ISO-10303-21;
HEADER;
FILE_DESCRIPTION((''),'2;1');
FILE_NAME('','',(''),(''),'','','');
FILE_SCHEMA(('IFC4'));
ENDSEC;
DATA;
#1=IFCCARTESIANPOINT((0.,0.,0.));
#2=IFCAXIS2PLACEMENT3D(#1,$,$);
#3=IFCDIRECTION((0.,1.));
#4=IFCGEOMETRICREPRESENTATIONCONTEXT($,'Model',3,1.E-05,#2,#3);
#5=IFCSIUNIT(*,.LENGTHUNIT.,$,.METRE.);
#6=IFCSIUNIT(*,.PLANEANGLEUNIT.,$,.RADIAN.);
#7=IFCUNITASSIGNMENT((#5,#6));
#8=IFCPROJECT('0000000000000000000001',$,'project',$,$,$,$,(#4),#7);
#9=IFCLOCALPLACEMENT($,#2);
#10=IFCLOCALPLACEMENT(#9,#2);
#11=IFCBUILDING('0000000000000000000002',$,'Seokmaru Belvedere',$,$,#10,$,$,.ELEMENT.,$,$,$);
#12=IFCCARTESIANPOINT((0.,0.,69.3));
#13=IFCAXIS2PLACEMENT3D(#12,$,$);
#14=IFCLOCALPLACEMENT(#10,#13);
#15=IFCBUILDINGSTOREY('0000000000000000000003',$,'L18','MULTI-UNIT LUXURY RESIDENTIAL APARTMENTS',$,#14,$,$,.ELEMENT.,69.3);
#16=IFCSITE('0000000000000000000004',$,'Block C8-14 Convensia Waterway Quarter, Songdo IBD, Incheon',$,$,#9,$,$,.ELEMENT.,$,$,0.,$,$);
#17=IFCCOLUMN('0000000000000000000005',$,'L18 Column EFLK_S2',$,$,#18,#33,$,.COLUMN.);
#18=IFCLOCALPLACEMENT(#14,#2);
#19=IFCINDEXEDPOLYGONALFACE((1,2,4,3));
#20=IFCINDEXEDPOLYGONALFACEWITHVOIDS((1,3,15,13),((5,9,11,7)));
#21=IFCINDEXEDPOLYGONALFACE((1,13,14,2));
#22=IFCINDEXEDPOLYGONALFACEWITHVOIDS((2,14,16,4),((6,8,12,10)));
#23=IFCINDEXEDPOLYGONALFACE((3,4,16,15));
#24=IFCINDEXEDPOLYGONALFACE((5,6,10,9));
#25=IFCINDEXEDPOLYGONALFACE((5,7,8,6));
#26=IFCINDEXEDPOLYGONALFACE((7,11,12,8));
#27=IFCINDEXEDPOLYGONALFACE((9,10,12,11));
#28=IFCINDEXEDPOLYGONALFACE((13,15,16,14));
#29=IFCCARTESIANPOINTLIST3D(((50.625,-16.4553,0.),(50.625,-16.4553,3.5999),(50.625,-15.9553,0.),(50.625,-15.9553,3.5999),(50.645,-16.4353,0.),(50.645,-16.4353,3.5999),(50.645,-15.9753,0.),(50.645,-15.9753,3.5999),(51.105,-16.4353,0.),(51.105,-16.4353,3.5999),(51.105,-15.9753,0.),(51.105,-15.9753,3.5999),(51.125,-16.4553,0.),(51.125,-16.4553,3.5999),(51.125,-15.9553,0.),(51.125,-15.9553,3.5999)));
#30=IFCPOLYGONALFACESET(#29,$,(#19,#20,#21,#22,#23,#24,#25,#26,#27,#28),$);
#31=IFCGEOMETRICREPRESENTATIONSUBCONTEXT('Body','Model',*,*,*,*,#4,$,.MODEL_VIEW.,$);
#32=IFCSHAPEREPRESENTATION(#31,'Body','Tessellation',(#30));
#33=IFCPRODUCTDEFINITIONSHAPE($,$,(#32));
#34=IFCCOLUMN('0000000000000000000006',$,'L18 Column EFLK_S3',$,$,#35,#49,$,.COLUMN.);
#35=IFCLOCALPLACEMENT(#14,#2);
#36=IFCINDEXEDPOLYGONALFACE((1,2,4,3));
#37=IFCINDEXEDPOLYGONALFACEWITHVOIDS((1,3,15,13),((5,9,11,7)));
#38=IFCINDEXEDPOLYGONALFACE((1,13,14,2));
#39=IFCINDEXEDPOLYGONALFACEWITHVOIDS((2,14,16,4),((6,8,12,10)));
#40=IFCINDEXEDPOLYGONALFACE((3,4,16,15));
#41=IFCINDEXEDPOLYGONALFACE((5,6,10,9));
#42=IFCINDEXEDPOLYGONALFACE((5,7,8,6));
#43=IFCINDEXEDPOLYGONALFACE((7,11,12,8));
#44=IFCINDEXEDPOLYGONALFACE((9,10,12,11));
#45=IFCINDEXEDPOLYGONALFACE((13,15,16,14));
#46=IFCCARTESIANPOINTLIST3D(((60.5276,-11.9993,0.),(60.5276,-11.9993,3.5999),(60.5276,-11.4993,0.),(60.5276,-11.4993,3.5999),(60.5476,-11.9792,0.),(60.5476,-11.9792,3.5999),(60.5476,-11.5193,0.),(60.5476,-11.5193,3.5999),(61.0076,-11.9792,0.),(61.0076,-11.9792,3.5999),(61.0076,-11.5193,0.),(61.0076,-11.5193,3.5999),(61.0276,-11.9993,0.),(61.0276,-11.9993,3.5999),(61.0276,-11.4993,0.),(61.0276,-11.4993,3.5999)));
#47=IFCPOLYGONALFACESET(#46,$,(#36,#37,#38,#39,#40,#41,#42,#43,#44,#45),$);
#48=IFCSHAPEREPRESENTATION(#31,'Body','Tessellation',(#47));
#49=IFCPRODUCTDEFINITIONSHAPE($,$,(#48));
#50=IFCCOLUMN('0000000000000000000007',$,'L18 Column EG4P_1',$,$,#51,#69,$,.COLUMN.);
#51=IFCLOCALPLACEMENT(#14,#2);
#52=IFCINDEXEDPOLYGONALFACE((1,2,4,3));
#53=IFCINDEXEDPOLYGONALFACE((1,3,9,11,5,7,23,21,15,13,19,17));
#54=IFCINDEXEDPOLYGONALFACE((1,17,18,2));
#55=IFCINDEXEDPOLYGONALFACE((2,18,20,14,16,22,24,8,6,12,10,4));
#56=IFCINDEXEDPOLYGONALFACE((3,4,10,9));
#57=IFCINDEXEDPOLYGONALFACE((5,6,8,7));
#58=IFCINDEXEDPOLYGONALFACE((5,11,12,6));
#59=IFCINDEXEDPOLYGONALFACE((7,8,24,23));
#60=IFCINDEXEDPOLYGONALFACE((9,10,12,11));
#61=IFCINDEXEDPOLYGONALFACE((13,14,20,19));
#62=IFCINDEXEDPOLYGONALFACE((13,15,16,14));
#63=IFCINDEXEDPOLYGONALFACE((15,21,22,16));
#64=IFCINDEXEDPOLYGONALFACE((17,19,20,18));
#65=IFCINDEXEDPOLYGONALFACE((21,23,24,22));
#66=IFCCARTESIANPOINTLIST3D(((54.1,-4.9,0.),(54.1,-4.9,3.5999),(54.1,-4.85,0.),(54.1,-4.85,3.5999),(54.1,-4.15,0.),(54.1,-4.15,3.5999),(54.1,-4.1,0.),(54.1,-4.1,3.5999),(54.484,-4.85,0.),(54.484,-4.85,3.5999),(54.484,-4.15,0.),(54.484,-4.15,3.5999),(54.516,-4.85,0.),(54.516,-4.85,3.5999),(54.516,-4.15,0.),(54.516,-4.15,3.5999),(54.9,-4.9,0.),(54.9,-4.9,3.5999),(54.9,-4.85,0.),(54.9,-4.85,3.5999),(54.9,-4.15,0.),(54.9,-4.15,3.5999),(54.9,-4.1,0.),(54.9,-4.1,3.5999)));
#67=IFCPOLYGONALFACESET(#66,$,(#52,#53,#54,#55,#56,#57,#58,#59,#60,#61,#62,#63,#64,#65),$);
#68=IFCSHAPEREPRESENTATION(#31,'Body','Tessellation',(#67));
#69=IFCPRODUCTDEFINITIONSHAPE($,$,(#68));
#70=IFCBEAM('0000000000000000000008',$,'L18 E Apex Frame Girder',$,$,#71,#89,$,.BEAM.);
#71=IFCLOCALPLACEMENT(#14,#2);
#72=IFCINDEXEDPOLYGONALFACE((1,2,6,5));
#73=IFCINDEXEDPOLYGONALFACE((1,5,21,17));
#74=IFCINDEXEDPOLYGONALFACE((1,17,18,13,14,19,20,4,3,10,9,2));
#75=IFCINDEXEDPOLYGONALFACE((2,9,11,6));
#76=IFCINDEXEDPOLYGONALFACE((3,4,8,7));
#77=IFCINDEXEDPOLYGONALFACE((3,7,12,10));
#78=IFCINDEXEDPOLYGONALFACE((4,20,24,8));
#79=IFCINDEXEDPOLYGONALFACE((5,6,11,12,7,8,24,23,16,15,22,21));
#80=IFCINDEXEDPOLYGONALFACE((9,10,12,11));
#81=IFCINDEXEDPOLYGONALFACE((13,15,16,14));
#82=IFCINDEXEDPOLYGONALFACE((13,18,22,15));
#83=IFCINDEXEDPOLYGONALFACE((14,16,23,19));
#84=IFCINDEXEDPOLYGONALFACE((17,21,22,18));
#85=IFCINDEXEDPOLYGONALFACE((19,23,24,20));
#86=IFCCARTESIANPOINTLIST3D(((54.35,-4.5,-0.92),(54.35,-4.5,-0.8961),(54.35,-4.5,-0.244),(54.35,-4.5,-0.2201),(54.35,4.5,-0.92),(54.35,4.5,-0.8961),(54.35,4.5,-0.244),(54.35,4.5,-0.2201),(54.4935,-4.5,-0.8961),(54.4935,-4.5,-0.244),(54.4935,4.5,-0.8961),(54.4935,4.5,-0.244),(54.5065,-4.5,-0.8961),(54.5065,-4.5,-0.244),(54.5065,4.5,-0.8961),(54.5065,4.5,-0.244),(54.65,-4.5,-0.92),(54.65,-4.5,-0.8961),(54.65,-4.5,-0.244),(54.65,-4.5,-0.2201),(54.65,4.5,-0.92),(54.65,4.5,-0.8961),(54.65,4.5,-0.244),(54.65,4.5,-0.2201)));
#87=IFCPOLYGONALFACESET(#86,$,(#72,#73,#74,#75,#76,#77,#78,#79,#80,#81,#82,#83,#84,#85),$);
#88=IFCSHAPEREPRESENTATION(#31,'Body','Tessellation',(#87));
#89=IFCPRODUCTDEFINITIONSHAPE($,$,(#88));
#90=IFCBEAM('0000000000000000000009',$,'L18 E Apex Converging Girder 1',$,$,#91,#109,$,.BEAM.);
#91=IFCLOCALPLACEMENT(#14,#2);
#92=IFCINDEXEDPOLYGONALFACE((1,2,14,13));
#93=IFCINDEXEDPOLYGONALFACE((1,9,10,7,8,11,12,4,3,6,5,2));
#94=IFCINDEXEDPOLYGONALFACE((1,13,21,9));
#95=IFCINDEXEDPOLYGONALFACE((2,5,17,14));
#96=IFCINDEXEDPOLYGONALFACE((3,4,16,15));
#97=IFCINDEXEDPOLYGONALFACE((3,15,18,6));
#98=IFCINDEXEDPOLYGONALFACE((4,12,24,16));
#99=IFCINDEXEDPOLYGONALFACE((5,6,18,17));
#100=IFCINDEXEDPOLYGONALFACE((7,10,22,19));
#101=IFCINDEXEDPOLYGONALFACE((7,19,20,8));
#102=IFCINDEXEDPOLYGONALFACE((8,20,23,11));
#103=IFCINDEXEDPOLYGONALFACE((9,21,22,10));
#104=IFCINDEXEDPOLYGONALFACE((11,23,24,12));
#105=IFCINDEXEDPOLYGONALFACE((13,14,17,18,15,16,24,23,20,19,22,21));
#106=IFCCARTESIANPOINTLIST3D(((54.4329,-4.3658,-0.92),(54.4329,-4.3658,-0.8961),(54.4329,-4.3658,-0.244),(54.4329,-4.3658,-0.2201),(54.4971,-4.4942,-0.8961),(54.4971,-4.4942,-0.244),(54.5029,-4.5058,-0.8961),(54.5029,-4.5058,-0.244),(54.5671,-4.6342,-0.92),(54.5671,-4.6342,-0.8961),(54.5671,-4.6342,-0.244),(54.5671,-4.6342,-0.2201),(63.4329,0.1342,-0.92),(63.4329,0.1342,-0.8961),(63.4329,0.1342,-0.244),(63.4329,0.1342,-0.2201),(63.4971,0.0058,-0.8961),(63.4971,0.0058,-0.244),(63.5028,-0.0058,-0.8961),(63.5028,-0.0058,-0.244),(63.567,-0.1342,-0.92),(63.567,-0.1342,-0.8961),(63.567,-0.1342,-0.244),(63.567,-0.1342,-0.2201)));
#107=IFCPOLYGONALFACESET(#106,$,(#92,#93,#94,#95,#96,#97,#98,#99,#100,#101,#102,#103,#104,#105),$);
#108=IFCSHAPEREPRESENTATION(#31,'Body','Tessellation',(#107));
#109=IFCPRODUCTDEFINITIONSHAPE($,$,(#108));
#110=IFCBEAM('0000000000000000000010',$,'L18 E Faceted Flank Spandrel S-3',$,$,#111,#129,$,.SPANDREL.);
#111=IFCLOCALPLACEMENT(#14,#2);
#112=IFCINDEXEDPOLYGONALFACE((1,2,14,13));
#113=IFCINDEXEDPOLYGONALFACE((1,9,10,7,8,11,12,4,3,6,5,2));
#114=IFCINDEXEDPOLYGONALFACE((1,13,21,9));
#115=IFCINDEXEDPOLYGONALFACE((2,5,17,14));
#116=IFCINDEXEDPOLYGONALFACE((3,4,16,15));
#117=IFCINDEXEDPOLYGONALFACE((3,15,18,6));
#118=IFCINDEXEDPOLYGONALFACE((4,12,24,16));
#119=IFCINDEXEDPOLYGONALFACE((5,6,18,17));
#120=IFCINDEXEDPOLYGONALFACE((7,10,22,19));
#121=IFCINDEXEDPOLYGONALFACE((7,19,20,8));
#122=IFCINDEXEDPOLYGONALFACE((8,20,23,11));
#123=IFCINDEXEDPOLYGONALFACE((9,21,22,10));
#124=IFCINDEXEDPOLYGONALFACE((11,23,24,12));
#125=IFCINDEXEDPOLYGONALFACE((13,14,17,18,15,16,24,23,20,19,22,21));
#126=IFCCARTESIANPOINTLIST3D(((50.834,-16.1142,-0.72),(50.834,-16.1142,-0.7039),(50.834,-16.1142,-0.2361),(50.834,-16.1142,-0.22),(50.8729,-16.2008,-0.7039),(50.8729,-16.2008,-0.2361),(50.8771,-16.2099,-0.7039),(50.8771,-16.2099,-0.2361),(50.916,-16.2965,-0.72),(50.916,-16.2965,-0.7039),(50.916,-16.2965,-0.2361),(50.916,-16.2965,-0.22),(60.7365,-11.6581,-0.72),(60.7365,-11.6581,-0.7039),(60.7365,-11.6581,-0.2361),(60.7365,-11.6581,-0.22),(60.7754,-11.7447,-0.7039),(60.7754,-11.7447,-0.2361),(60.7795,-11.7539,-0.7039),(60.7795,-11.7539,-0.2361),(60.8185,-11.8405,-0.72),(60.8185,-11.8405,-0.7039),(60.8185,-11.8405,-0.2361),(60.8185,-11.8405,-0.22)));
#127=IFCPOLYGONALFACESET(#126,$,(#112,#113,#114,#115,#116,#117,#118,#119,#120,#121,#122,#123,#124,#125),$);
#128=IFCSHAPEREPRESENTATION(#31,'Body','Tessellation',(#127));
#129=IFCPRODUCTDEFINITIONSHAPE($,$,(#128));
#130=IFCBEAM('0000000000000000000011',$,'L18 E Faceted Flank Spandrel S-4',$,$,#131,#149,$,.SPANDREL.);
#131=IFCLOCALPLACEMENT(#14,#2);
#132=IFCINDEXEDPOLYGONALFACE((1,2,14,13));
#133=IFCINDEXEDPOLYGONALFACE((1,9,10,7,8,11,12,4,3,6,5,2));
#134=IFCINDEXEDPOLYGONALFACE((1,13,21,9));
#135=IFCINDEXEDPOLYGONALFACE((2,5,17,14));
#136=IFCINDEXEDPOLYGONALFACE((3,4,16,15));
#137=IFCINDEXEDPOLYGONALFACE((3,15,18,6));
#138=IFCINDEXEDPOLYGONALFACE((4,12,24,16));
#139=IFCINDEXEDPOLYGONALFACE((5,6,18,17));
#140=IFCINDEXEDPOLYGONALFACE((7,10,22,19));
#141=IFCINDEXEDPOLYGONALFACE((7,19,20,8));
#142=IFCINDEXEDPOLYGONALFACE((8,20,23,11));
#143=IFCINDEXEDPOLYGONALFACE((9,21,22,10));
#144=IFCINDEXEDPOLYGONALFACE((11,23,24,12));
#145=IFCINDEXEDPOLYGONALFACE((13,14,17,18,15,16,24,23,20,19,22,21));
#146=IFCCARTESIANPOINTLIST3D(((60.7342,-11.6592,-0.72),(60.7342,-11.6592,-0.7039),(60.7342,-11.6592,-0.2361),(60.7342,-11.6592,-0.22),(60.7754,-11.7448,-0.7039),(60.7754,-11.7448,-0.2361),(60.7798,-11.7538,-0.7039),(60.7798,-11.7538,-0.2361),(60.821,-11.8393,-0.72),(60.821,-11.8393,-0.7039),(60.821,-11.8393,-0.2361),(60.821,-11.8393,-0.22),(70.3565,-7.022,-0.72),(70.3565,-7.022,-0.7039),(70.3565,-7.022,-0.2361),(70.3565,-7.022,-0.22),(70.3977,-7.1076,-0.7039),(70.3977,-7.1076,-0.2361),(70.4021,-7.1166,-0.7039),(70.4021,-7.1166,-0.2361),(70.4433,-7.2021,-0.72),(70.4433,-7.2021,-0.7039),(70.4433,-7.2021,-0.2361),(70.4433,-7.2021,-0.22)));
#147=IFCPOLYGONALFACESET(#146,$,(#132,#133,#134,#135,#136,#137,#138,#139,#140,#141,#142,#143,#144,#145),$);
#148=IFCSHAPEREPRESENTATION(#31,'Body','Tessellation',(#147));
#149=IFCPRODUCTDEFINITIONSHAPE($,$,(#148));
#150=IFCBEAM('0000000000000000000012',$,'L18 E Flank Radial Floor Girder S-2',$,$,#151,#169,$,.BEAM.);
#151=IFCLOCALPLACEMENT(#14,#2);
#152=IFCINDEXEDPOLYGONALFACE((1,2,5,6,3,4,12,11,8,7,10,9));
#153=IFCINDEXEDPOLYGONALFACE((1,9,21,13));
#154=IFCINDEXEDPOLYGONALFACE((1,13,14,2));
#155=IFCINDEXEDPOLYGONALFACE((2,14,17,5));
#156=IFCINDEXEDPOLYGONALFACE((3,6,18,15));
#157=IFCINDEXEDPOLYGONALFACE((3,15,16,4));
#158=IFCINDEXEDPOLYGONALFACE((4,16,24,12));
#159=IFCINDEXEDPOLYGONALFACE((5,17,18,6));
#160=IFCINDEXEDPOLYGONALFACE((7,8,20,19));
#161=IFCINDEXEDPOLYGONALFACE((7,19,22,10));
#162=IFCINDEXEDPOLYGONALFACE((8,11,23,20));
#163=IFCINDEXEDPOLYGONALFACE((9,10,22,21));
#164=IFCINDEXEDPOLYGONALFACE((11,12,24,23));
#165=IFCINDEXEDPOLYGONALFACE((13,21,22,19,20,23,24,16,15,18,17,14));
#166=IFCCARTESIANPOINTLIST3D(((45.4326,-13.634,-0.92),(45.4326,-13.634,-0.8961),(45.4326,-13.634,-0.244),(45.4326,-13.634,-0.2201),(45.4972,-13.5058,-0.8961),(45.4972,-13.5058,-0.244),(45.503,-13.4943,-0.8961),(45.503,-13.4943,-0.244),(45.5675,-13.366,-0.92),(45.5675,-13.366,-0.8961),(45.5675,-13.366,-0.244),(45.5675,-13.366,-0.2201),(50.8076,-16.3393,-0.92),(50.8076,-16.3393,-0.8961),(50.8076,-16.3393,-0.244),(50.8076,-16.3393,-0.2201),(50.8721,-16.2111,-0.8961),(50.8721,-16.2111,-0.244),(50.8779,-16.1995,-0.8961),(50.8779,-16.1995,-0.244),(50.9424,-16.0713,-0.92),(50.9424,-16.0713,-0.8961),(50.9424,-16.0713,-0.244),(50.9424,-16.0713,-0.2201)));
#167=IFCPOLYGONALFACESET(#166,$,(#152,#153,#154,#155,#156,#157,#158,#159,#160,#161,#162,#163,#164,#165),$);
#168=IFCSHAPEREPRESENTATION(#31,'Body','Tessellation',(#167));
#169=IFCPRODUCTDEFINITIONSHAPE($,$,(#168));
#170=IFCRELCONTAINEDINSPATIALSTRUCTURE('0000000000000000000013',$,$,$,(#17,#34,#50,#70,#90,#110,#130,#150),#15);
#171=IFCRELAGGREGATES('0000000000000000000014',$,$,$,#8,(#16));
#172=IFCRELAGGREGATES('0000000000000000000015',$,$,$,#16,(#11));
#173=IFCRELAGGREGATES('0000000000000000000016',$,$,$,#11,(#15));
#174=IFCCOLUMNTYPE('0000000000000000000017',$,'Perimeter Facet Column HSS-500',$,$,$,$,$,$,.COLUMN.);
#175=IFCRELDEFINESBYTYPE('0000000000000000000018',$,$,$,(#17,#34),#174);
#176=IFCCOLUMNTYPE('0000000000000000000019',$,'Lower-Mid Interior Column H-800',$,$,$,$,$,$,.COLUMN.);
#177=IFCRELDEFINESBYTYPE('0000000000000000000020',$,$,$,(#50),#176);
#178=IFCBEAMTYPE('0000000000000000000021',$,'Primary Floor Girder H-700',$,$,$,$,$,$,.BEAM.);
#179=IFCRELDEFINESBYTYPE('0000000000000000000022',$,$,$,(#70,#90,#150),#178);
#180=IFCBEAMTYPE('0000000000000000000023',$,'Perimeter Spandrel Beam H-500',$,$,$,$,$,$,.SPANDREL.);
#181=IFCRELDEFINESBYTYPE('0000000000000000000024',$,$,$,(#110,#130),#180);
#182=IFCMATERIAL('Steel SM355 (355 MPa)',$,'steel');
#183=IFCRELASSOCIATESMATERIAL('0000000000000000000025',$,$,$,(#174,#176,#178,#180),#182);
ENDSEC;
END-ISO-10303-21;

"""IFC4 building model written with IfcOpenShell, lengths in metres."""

from ifc_helpers import new_model, si_unit, direction, frame, origin, origin_2d, place, context, subcontext, project, spatial, hollow_rectangle, i_section, extrude, source, transform, mapped, material, material_profile, profile_set, type_object, type_shapes, element, save


model = new_model("IFC4")

# Units and contexts
model_context = context("Model", 3, precision=1e-05, world=origin(), true_north=direction((0.0, 1.0)))
body_context = subcontext(model_context, "Body", "Model", "MODEL_VIEW")
ifc_project = project(units=[si_unit("LENGTHUNIT", "METRE"), si_unit("PLANEANGLEUNIT", "RADIAN")], contexts=[model_context])

# Site, building, storey
site_placement = place(None, origin())
site = spatial("IfcSite", under=ifc_project, at=site_placement, Name="Block C8-14 Convensia Waterway Quarter, Songdo IBD, Incheon", CompositionType="ELEMENT", RefElevation=0.0)
building_placement = place(site_placement, origin())
building = spatial("IfcBuilding", under=site, at=building_placement, Name="Seokmaru Belvedere", CompositionType="ELEMENT")
storey_placement = place(building_placement, frame((0.0, 0.0, 69.3)))
storey = spatial("IfcBuildingStorey", under=building, at=storey_placement, Name="L18", Description="MULTI-UNIT LUXURY RESIDENTIAL APARTMENTS", CompositionType="ELEMENT", Elevation=69.3)

# Columns
ifc_material_1 = material(Name="Steel SM355 (355 MPa)", Category="steel")
ifc_material_profile_1 = material_profile(ifc_material_1, hollow_rectangle(XDim=0.5, YDim=0.5, WallThickness=0.02, at=origin_2d()), Name="HSS-500x500x20")
ifc_profile_set_1 = profile_set([ifc_material_profile_1], Name="Steel SM355 (355 MPa)")
column_type_1 = type_object("IfcColumnType", Name="Perimeter Facet Column HSS-500", PredefinedType="COLUMN", material=ifc_profile_set_1)
shared_shape_1 = source(origin(), body_context, "Body", "SweptSolid", [
    extrude(hollow_rectangle(XDim=0.5, YDim=0.5, WallThickness=0.02, at=origin_2d()), origin(), (0.0, 0.0, 1.0), 3.5999),
])
type_shapes(column_type_1, [shared_shape_1])
for number, where, z_axis, x_axis, name in (
    (1, (50.875, -16.2053, 0.0), (0.0, 0.0, 1.0), (1.0, 0.0, 0.0), "L18 Column EFLK_S2"),
    (2, (60.7776, -11.7493, 0.0), (0.0, 0.0, 1.0), (1.0, 0.0, 0.0), "L18 Column EFLK_S3"),
):
    element("IfcColumn", number, at=place(storey_placement, frame(where, z_axis=z_axis, x_axis=x_axis)), inside=storey, type_object=column_type_1, Name=name, PredefinedType="COLUMN", context=body_context, shape_type="MappedRepresentation", body=[
        mapped(shared_shape_1, transform((0.0, 0.0, 0.0), scale=1.0)),
    ])
ifc_material_profile_2 = material_profile(ifc_material_1, i_section(OverallWidth=0.8, OverallDepth=0.8, WebThickness=0.032, FlangeThickness=0.05, at=origin_2d()), Name="H-800x800x32x50")
ifc_profile_set_2 = profile_set([ifc_material_profile_2], Name="Steel SM355 (355 MPa)")
column_type_2 = type_object("IfcColumnType", Name="Lower-Mid Interior Column H-800", PredefinedType="COLUMN", material=ifc_profile_set_2)
shared_shape_2 = source(origin(), body_context, "Body", "SweptSolid", [
    extrude(i_section(OverallWidth=0.8, OverallDepth=0.8, WebThickness=0.032, FlangeThickness=0.05, at=origin_2d()), origin(), (0.0, 0.0, 1.0), 3.5999),
])
type_shapes(column_type_2, [shared_shape_2])
column_placement = place(storey_placement, frame((54.5, -4.5, 0.0), z_axis=(0.0, 0.0, 1.0), x_axis=(1.0, 0.0, 0.0)))
element("IfcColumn", 3, at=column_placement, inside=storey, type_object=column_type_2, Name="L18 Column EG4P_1", PredefinedType="COLUMN", context=body_context, shape_type="MappedRepresentation", body=[
    mapped(shared_shape_2, transform((0.0, 0.0, 0.0), scale=1.0)),
])

# Beams
ifc_material_profile_3 = material_profile(ifc_material_1, i_section(OverallWidth=0.3, OverallDepth=0.7, WebThickness=0.0129, FlangeThickness=0.0239, at=origin_2d()), Name="H-700x300x13x24")
ifc_profile_set_3 = profile_set([ifc_material_profile_3], Name="Steel SM355 (355 MPa)")
beam_type_1 = type_object("IfcBeamType", Name="Primary Floor Girder H-700", PredefinedType="BEAM", material=ifc_profile_set_3)
shared_shape_3 = source(origin(), body_context, "Body", "SweptSolid", [
    extrude(i_section(OverallWidth=0.3, OverallDepth=0.7, WebThickness=0.0129, FlangeThickness=0.0239, at=origin_2d()), origin(), (0.0, 0.0, 1.0), 9.0),
])
beam_1_placement = place(storey_placement, frame((54.5, -4.5, -0.5701), z_axis=(0.0, 1.0, 0.0), x_axis=(-1.0, 0.0, 0.0)))
element("IfcBeam", 4, at=beam_1_placement, inside=storey, type_object=beam_type_1, Name="L18 E Apex Frame Girder", PredefinedType="BEAM", context=body_context, shape_type="MappedRepresentation", body=[
    mapped(shared_shape_3, transform((0.0, 0.0, 0.0), scale=1.0)),
])
shared_shape_4 = source(origin(), body_context, "Body", "SweptSolid", [
    extrude(i_section(OverallWidth=0.3, OverallDepth=0.7, WebThickness=0.0129, FlangeThickness=0.0239, at=origin_2d()), origin(), (0.0, 0.0, 1.0), 10.0623),
])
beam_2_placement = place(storey_placement, frame((54.5, -4.5, -0.5701), z_axis=(0.894427, 0.447214, 0.0), x_axis=(-0.447214, 0.894427, 0.0)))
element("IfcBeam", 5, at=beam_2_placement, inside=storey, type_object=beam_type_1, Name="L18 E Apex Converging Girder 1", PredefinedType="BEAM", context=body_context, shape_type="MappedRepresentation", body=[
    mapped(shared_shape_4, transform((0.0, 0.0, 0.0), scale=1.0)),
])
ifc_material_profile_4 = material_profile(ifc_material_1, i_section(OverallWidth=0.2, OverallDepth=0.5, WebThickness=0.01, FlangeThickness=0.0161, at=origin_2d()), Name="H-500x200x10x16")
ifc_profile_set_4 = profile_set([ifc_material_profile_4], Name="Steel SM355 (355 MPa)")
beam_type_2 = type_object("IfcBeamType", Name="Perimeter Spandrel Beam H-500", PredefinedType="SPANDREL", material=ifc_profile_set_4)
shared_shape_5 = source(origin(), body_context, "Body", "SweptSolid", [
    extrude(i_section(OverallWidth=0.2, OverallDepth=0.5, WebThickness=0.01, FlangeThickness=0.0161, at=origin_2d()), origin(), (0.0, 0.0, 1.0), 10.8589),
])
beam_3_placement = place(storey_placement, frame((50.875, -16.2053, -0.47), z_axis=(0.911925, 0.410356, 0.0), x_axis=(-0.410356, 0.911925, 0.0)))
element("IfcBeam", 6, at=beam_3_placement, inside=storey, type_object=beam_type_2, Name="L18 E Faceted Flank Spandrel S-3", PredefinedType="SPANDREL", context=body_context, shape_type="MappedRepresentation", body=[
    mapped(shared_shape_5, transform((0.0, 0.0, 0.0), scale=1.0)),
])
shared_shape_6 = source(origin(), body_context, "Body", "SweptSolid", [
    extrude(i_section(OverallWidth=0.2, OverallDepth=0.5, WebThickness=0.01, FlangeThickness=0.0161, at=origin_2d()), origin(), (0.0, 0.0, 1.0), 10.6814),
])
type_shapes(beam_type_2, [shared_shape_5, shared_shape_6])
beam_4_placement = place(storey_placement, frame((60.7776, -11.7493, -0.47), z_axis=(0.900846, 0.434138, 0.0), x_axis=(-0.434138, 0.900846, 0.0)))
element("IfcBeam", 7, at=beam_4_placement, inside=storey, type_object=beam_type_2, Name="L18 E Faceted Flank Spandrel S-4", PredefinedType="SPANDREL", context=body_context, shape_type="MappedRepresentation", body=[
    mapped(shared_shape_6, transform((0.0, 0.0, 0.0), scale=1.0)),
])
shared_shape_7 = source(origin(), body_context, "Body", "SweptSolid", [
    extrude(i_section(OverallWidth=0.3, OverallDepth=0.7, WebThickness=0.0129, FlangeThickness=0.0239, at=origin_2d()), origin(), (0.0, 0.0, 1.0), 6.0173),
])
beam_5_placement = place(storey_placement, frame((50.875, -16.2053, -0.5701), z_axis=(-0.893239, 0.449581, 0.0), x_axis=(-0.449581, -0.893239, 0.0)))
element("IfcBeam", 8, at=beam_5_placement, inside=storey, type_object=beam_type_1, Name="L18 E Flank Radial Floor Girder S-2", PredefinedType="BEAM", context=body_context, shape_type="MappedRepresentation", body=[
    mapped(shared_shape_7, transform((0.0, 0.0, 0.0), scale=1.0)),
])

save(model, "model.ifc")
